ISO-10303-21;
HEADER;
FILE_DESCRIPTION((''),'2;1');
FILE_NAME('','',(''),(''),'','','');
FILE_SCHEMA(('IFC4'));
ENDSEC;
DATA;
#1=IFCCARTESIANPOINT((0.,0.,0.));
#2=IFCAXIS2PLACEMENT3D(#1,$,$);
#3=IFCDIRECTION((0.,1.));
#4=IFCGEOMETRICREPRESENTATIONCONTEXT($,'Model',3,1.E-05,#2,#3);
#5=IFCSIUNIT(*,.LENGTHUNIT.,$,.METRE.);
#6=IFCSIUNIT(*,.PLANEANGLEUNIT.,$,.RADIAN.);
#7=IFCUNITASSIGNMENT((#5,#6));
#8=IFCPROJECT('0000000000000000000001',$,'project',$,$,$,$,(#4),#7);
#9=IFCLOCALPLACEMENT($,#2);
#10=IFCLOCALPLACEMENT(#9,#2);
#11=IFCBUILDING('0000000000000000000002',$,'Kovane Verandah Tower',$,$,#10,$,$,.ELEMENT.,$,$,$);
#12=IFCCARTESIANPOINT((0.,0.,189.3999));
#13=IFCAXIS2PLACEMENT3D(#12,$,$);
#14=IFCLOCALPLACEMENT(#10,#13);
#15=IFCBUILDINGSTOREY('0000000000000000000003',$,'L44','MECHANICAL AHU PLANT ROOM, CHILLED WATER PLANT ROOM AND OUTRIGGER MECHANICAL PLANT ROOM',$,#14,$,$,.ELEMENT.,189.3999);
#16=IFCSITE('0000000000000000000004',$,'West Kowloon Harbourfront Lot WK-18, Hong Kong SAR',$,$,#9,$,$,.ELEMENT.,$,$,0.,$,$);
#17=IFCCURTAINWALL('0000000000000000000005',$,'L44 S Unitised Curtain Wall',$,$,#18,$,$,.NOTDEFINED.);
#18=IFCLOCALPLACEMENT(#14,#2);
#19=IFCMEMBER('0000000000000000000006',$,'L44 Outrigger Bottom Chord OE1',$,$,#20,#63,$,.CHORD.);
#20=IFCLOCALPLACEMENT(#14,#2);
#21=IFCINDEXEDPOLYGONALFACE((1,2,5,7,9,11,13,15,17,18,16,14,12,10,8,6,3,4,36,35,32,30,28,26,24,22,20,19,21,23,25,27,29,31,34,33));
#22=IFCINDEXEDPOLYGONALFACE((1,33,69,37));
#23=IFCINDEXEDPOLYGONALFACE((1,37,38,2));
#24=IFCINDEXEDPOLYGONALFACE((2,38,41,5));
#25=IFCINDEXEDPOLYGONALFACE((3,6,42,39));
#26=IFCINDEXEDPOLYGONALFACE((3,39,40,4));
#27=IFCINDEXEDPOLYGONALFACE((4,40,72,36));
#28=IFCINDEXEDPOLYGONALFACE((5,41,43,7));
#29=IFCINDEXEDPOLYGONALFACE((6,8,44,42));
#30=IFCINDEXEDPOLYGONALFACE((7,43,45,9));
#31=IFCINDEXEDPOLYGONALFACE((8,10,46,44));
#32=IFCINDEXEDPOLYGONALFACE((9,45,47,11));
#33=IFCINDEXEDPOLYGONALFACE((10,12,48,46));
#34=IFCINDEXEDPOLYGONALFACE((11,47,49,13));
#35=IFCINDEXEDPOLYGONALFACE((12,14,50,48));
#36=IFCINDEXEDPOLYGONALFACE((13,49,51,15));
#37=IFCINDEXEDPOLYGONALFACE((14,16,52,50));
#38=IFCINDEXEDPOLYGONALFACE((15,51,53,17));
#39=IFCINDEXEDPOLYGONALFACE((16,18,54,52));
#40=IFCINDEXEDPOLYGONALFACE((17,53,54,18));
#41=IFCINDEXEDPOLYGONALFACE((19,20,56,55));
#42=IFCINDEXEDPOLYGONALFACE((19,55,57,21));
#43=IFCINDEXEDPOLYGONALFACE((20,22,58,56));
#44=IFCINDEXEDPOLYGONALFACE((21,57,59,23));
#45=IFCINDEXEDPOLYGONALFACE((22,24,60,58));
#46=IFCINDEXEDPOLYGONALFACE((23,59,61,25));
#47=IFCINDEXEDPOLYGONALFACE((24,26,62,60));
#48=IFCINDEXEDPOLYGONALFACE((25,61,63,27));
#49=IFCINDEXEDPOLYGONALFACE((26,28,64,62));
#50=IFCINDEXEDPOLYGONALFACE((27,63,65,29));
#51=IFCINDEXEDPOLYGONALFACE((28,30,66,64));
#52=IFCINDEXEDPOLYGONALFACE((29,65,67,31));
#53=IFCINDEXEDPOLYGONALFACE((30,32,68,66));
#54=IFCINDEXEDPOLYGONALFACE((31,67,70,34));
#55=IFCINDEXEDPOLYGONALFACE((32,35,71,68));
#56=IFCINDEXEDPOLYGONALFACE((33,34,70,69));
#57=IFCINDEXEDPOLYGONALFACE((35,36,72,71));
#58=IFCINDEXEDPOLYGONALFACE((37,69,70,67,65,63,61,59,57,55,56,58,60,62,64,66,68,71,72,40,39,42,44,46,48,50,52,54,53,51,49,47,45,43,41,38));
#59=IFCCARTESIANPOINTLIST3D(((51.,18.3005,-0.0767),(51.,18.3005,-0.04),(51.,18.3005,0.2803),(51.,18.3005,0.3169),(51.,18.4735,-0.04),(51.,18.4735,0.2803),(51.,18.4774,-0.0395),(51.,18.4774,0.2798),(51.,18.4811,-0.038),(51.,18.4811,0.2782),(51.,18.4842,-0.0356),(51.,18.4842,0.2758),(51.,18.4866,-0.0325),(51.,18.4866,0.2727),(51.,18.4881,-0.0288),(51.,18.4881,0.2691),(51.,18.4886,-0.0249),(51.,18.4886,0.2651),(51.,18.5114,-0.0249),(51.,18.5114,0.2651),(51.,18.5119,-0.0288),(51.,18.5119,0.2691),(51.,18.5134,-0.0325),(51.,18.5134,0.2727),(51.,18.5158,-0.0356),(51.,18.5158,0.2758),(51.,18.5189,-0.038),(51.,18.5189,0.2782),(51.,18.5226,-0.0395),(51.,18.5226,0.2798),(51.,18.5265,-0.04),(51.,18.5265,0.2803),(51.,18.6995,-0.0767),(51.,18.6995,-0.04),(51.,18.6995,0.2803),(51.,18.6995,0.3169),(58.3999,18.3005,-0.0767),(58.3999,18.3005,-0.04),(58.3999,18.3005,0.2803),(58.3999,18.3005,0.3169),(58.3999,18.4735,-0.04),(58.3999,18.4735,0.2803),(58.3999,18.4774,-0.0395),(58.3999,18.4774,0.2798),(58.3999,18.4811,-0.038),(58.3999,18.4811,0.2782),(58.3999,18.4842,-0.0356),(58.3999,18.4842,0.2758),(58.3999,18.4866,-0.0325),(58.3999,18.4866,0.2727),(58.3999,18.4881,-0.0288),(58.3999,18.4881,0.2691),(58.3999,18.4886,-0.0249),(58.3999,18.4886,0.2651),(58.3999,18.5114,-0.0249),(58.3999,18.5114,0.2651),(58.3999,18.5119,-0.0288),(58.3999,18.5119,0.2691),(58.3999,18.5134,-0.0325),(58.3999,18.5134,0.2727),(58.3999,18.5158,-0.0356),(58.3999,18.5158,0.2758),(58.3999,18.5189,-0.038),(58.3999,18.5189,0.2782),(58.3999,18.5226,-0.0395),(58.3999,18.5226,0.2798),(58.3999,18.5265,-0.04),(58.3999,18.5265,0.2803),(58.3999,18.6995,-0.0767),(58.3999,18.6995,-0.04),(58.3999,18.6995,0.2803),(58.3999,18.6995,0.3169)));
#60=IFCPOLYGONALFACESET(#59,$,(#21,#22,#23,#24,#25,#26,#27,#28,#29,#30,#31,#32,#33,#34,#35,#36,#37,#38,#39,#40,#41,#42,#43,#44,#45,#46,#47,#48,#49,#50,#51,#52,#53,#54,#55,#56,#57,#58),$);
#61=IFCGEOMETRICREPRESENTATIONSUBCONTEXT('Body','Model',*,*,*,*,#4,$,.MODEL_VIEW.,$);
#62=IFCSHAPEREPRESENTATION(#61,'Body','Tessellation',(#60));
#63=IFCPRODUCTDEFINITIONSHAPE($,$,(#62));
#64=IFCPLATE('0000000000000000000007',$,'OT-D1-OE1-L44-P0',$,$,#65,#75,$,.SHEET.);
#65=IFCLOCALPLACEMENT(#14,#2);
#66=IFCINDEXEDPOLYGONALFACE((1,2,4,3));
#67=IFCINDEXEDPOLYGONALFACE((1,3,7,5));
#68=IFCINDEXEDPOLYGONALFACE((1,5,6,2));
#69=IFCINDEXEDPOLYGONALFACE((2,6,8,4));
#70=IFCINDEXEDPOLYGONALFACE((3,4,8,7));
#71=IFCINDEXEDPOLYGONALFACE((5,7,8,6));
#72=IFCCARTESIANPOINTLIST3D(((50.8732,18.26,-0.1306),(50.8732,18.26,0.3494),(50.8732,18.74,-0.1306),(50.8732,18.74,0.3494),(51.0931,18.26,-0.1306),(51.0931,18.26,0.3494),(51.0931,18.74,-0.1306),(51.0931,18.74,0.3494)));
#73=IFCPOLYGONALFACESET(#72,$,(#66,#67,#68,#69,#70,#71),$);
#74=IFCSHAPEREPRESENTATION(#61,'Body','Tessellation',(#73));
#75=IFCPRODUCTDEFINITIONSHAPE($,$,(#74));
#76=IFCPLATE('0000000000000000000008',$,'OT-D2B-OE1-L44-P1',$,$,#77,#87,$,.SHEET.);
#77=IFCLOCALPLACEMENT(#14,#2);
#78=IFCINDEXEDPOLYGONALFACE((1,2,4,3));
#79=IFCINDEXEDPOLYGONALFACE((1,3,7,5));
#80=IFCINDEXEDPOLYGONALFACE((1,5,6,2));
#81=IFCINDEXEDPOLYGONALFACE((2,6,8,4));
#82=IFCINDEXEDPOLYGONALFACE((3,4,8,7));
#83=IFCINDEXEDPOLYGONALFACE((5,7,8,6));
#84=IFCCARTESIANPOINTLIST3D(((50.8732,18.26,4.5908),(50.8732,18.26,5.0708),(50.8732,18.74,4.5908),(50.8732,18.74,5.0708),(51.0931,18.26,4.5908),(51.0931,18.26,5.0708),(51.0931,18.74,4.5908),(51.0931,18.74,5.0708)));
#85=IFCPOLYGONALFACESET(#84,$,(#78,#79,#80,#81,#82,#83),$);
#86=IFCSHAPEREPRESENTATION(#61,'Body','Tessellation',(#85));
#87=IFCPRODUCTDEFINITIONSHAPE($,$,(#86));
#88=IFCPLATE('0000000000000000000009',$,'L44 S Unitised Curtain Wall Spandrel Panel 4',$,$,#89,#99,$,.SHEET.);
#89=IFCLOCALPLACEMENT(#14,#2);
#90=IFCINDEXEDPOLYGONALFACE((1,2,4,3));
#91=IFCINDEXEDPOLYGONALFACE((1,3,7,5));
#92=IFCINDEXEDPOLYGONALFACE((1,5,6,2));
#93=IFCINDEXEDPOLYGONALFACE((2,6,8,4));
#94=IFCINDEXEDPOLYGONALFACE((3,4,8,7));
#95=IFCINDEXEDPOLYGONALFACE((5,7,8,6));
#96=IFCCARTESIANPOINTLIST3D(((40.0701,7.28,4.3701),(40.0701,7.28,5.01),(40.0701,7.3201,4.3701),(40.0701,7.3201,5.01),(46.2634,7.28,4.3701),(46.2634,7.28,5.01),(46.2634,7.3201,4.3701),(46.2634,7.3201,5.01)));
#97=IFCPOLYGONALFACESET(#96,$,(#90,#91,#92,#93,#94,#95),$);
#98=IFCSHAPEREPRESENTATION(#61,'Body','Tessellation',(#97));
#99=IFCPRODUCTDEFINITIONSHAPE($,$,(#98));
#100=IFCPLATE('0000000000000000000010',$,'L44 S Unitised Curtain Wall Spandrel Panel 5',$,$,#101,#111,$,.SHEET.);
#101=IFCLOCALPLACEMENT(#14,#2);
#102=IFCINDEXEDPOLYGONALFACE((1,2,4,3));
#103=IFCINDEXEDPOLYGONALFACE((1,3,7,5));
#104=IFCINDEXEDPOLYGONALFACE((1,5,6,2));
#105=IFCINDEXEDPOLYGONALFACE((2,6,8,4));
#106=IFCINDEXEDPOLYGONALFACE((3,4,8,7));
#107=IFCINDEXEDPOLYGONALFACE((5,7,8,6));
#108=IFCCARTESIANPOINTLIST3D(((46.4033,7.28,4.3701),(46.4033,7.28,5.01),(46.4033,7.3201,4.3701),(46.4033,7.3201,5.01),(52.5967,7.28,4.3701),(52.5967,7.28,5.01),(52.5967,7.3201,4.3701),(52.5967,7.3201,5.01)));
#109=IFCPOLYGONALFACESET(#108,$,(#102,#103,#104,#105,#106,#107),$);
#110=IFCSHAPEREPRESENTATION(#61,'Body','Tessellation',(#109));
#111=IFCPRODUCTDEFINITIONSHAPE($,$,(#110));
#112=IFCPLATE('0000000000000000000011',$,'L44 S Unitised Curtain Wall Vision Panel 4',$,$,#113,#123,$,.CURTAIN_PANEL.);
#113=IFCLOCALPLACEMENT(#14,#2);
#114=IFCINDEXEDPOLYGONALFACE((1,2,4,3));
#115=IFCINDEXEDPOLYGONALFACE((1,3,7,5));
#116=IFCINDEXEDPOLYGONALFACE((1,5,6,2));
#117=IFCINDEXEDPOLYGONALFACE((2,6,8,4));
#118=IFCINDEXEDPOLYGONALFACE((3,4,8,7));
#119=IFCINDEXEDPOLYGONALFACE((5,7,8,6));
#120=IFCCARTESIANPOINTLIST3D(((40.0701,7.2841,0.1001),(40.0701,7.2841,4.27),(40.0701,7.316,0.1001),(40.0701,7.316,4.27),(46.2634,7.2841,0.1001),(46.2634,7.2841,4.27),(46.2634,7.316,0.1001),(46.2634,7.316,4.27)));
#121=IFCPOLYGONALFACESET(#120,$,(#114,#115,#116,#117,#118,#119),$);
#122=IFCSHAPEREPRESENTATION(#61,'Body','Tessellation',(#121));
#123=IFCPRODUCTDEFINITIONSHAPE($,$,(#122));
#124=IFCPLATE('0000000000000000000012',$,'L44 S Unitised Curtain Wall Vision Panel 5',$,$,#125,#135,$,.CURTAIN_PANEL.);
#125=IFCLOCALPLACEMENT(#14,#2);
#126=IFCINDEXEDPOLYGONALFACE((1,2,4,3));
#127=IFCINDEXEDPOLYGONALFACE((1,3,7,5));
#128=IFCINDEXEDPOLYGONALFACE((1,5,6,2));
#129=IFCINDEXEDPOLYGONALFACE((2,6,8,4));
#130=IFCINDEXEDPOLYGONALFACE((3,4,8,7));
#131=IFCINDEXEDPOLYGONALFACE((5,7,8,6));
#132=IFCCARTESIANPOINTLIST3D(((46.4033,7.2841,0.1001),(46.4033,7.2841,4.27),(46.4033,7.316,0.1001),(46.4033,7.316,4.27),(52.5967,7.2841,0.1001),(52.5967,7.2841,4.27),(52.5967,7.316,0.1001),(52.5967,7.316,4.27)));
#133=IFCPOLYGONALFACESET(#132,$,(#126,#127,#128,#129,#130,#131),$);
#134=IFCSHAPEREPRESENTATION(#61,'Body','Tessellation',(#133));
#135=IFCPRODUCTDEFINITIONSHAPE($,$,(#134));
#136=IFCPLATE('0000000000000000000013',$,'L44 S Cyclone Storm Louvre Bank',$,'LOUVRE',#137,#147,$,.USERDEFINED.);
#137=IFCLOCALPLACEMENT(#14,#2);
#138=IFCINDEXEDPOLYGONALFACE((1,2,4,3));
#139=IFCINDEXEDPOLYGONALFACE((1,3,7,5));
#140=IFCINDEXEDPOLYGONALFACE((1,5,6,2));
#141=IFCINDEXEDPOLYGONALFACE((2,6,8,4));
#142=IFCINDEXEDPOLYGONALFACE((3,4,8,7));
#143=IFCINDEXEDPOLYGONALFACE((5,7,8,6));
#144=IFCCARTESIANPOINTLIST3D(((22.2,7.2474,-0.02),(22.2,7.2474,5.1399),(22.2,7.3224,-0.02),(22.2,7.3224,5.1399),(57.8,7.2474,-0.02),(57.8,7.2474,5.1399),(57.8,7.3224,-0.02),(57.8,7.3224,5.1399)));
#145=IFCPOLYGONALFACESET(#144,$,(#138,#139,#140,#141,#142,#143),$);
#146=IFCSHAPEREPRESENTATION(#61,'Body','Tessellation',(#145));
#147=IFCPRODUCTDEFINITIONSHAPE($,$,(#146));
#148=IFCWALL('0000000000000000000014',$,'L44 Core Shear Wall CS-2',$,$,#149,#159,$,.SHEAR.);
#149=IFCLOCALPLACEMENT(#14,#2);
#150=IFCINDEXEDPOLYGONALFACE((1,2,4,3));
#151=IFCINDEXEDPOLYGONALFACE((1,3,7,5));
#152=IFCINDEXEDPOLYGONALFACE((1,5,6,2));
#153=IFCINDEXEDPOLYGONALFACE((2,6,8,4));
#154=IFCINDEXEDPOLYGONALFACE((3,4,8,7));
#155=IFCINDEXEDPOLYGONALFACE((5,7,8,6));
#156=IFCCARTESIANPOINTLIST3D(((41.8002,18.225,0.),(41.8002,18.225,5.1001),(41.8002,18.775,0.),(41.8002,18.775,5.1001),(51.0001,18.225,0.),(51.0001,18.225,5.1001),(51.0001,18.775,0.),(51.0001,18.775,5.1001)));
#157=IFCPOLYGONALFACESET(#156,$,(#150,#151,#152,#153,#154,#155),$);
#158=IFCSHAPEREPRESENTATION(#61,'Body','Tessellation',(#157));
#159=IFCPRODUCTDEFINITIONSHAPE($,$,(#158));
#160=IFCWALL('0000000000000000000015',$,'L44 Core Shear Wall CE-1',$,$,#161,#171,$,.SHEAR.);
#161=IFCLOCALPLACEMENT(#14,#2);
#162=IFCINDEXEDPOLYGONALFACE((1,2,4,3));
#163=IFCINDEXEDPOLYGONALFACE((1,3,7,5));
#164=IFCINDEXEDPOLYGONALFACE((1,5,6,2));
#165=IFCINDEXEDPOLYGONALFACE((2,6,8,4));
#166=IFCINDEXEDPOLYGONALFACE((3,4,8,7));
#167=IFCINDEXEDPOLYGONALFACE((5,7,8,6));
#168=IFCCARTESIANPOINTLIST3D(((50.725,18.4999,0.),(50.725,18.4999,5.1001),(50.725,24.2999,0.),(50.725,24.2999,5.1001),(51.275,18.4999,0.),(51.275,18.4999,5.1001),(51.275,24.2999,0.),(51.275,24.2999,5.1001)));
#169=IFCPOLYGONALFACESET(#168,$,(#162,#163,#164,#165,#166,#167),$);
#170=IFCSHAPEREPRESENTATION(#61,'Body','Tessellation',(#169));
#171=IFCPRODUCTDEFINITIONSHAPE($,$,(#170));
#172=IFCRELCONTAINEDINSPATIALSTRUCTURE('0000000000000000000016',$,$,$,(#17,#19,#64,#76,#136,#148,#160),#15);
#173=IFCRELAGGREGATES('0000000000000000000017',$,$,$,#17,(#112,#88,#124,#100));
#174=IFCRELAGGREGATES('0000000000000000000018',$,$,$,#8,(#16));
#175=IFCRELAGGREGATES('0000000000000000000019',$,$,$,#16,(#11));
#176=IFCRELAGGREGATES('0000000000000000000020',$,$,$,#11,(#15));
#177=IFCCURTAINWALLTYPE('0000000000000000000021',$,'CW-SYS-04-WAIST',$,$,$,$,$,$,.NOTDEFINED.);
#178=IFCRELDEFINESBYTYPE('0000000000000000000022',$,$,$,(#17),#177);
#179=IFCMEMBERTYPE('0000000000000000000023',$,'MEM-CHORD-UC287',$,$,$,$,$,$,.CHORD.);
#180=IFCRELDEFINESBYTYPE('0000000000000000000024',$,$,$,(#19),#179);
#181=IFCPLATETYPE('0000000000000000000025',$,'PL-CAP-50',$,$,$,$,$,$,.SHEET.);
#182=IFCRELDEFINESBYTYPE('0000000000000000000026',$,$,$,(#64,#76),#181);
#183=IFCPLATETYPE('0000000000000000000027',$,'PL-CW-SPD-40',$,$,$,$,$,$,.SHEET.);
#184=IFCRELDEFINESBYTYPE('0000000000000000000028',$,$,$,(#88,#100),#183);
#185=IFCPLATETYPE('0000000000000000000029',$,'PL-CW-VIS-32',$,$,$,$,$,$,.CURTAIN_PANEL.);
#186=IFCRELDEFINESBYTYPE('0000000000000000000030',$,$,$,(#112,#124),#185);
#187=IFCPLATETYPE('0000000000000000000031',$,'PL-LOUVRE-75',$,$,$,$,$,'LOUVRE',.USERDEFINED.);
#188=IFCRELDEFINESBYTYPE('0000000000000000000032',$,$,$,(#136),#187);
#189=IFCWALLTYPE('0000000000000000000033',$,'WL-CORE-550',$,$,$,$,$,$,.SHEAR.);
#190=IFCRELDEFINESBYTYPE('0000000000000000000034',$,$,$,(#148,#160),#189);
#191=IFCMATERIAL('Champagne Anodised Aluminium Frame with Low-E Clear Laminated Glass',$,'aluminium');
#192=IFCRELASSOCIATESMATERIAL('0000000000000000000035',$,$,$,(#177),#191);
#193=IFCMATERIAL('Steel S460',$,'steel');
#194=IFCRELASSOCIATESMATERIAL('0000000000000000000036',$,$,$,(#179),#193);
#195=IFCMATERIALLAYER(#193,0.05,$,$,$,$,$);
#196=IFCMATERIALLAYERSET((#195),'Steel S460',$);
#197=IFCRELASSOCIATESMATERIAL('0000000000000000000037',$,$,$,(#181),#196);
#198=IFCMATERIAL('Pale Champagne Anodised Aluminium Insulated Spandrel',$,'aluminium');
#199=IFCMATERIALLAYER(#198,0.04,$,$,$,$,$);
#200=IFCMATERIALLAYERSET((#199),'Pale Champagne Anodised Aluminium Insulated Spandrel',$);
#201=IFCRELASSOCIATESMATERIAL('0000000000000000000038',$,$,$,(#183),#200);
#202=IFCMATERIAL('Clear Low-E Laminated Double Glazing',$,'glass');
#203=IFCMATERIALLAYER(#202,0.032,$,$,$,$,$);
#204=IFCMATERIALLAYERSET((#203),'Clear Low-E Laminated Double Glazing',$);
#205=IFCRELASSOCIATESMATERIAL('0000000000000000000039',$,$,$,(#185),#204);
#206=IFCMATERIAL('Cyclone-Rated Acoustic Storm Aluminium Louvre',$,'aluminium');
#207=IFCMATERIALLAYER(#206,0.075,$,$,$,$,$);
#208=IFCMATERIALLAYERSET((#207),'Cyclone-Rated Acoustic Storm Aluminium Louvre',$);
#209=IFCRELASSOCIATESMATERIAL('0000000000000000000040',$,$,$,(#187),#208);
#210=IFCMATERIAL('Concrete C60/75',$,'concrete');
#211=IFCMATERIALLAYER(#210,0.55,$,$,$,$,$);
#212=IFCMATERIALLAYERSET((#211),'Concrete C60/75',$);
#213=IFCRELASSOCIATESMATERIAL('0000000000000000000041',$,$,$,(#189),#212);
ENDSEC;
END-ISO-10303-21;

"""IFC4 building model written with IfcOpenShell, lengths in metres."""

from ifc_helpers import new_model, si_unit, direction, frame, frame_2d, origin, origin_2d, place, context, subcontext, project, spatial, rectangle, i_section, extrude, material, layer, layer_set, material_profile, profile_set, type_object, element, aggregate, save


model = new_model("IFC4")

# Units and contexts
model_context = context("Model", 3, precision=1e-05, world=origin(), true_north=direction((0.0, 1.0)))
body_context = subcontext(model_context, "Body", "Model", "MODEL_VIEW")
ifc_project = project(units=[si_unit("LENGTHUNIT", "METRE"), si_unit("PLANEANGLEUNIT", "RADIAN")], contexts=[model_context])

# Site, building, storey
site_placement = place(None, origin())
site = spatial("IfcSite", under=ifc_project, at=site_placement, Name="West Kowloon Harbourfront Lot WK-18, Hong Kong SAR", CompositionType="ELEMENT", RefElevation=0.0)
building_placement = place(site_placement, origin())
building = spatial("IfcBuilding", under=site, at=building_placement, Name="Kovane Verandah Tower", CompositionType="ELEMENT")
storey_placement = place(building_placement, frame((0.0, 0.0, 189.3999)))
storey = spatial("IfcBuildingStorey", under=building, at=storey_placement, Name="L44", Description="MECHANICAL AHU PLANT ROOM, CHILLED WATER PLANT ROOM AND OUTRIGGER MECHANICAL PLANT ROOM", CompositionType="ELEMENT", Elevation=189.3999)

# Shared definitions
ifc_material_1 = material(Name="Concrete C60/75", Category="concrete")
ifc_material_2 = material(Name="Steel S460", Category="steel")

# Curtain wall
ifc_material_3 = material(Name="Champagne Anodised Aluminium Frame with Low-E Clear Laminated Glass", Category="aluminium")
curtain_wall_type = type_object("IfcCurtainWallType", Name="CW-SYS-04-WAIST", PredefinedType="NOTDEFINED", material=ifc_material_3)
curtain_wall_placement = place(storey_placement, origin())
curtain_wall = element("IfcCurtainWall", 1, at=curtain_wall_placement, inside=storey, type_object=curtain_wall_type, Name="L44 S Unitised Curtain Wall", PredefinedType="NOTDEFINED")

# Member
ifc_material_profile_1 = material_profile(ifc_material_2, i_section(OverallWidth=0.3989, OverallDepth=0.3936, WebThickness=0.0227, FlangeThickness=0.0366, FilletRadius=0.0151, at=origin_2d()), Name="UC356x406x287")
ifc_profile_set_1 = profile_set([ifc_material_profile_1], Name="Steel S460")
member_type_1 = type_object("IfcMemberType", Name="MEM-CHORD-UC287", PredefinedType="CHORD", material=ifc_profile_set_1)
member_1_placement = place(storey_placement, frame((51.0, 18.5, 0.1201), z_axis=(1.0, 0.0, 0.0), x_axis=(0.0, 1.0, 0.0)))
element("IfcMember", 2, at=member_1_placement, inside=storey, type_object=member_type_1, Name="L44 Outrigger Bottom Chord OE1", PredefinedType="CHORD", context=body_context, shape_type="SweptSolid", body=[
    extrude(i_section(OverallWidth=0.3989, OverallDepth=0.3936, WebThickness=0.0227, FlangeThickness=0.0366, FilletRadius=0.0151, at=origin_2d()), origin(), (0.0, 0.0, 1.0), 7.3999),
])

# Plates
ifc_layer_1 = layer(ifc_material_2, 0.05)
ifc_layer_set_1 = layer_set([ifc_layer_1], Name="Steel S460")
plate_type_1 = type_object("IfcPlateType", Name="PL-CAP-50", PredefinedType="SHEET", material=ifc_layer_set_1)
for number, where, z_axis, x_axis, name in (
    (3, (50.9832, 18.5, -0.1306), (0.0, 0.0, 1.0), (1.0, 0.0, 0.0), "OT-D1-OE1-L44-P0"),
    (4, (50.9832, 18.5, 4.5908), (0.0, 0.0, 1.0), (-1.0, 0.0, 0.0), "OT-D2B-OE1-L44-P1"),
):
    element("IfcPlate", number, at=place(storey_placement, frame(where, z_axis=z_axis, x_axis=x_axis)), inside=storey, type_object=plate_type_1, Name=name, PredefinedType="SHEET", context=body_context, shape_type="SweptSolid", body=[
        extrude(rectangle(XDim=0.22, YDim=0.48, at=origin_2d()), origin(), (0.0, 0.0, 1.0), 0.48),
    ])

# Plates
ifc_material_4 = material(Name="Pale Champagne Anodised Aluminium Insulated Spandrel", Category="aluminium")
ifc_layer_2 = layer(ifc_material_4, 0.04)
ifc_layer_set_2 = layer_set([ifc_layer_2], Name="Pale Champagne Anodised Aluminium Insulated Spandrel")
plate_type_2 = type_object("IfcPlateType", Name="PL-CW-SPD-40", PredefinedType="SHEET", material=ifc_layer_set_2)
plate_1_placement = place(storey_placement, frame((43.1667, 7.3, 4.3701), z_axis=(0.0, 0.0, 1.0), x_axis=(1.0, 0.0, 0.0)))
plate_1 = element("IfcPlate", 5, at=plate_1_placement, type_object=plate_type_2, Name="L44 S Unitised Curtain Wall Spandrel Panel 4", PredefinedType="SHEET", context=body_context, shape_type="SweptSolid", body=[
    extrude(rectangle(XDim=6.1934, YDim=0.04, at=origin_2d()), origin(), (0.0, 0.0, 1.0), 0.6399),
])
plate_2_placement = place(storey_placement, frame((49.5, 7.3, 4.3701), z_axis=(0.0, 0.0, 1.0), x_axis=(1.0, 0.0, 0.0)))
plate_2 = element("IfcPlate", 6, at=plate_2_placement, type_object=plate_type_2, Name="L44 S Unitised Curtain Wall Spandrel Panel 5", PredefinedType="SHEET", context=body_context, shape_type="SweptSolid", body=[
    extrude(rectangle(XDim=6.1934, YDim=0.04, at=origin_2d()), origin(), (0.0, 0.0, 1.0), 0.6399),
])
ifc_material_5 = material(Name="Clear Low-E Laminated Double Glazing", Category="glass")
ifc_layer_3 = layer(ifc_material_5, 0.032)
ifc_layer_set_3 = layer_set([ifc_layer_3], Name="Clear Low-E Laminated Double Glazing")
plate_type_3 = type_object("IfcPlateType", Name="PL-CW-VIS-32", PredefinedType="CURTAIN_PANEL", material=ifc_layer_set_3)
plate_3_placement = place(storey_placement, frame((43.1667, 7.3, 0.1001), z_axis=(0.0, 0.0, 1.0), x_axis=(1.0, 0.0, 0.0)))
plate_3 = element("IfcPlate", 7, at=plate_3_placement, type_object=plate_type_3, Name="L44 S Unitised Curtain Wall Vision Panel 4", PredefinedType="CURTAIN_PANEL", context=body_context, shape_type="SweptSolid", body=[
    extrude(rectangle(XDim=6.1934, YDim=0.032, at=origin_2d()), origin(), (0.0, 0.0, 1.0), 4.1699),
])
plate_4_placement = place(storey_placement, frame((49.5, 7.3, 0.1001), z_axis=(0.0, 0.0, 1.0), x_axis=(1.0, 0.0, 0.0)))
plate_4 = element("IfcPlate", 8, at=plate_4_placement, type_object=plate_type_3, Name="L44 S Unitised Curtain Wall Vision Panel 5", PredefinedType="CURTAIN_PANEL", context=body_context, shape_type="SweptSolid", body=[
    extrude(rectangle(XDim=6.1934, YDim=0.032, at=origin_2d()), origin(), (0.0, 0.0, 1.0), 4.1699),
])
aggregate(curtain_wall, [plate_3, plate_1, plate_4, plate_2])
ifc_material_6 = material(Name="Cyclone-Rated Acoustic Storm Aluminium Louvre", Category="aluminium")
ifc_layer_4 = layer(ifc_material_6, 0.075)
ifc_layer_set_4 = layer_set([ifc_layer_4], Name="Cyclone-Rated Acoustic Storm Aluminium Louvre")
plate_type_4 = type_object("IfcPlateType", Name="PL-LOUVRE-75", ElementType="LOUVRE", PredefinedType="USERDEFINED", material=ifc_layer_set_4)
plate_5_placement = place(storey_placement, frame((40.0, 7.2849, -0.02), z_axis=(0.0, 0.0, 1.0), x_axis=(1.0, 0.0, 0.0)))
element("IfcPlate", 9, at=plate_5_placement, inside=storey, type_object=plate_type_4, Name="L44 S Cyclone Storm Louvre Bank", ObjectType="LOUVRE", PredefinedType="USERDEFINED", context=body_context, shape_type="SweptSolid", body=[
    extrude(rectangle(XDim=35.6001, YDim=0.075, at=origin_2d()), origin(), (0.0, 0.0, 1.0), 5.1599),
])

# Walls
ifc_layer_5 = layer(ifc_material_1, 0.55)
ifc_layer_set_5 = layer_set([ifc_layer_5], Name="Concrete C60/75")
wall_type = type_object("IfcWallType", Name="WL-CORE-550", PredefinedType="SHEAR", material=ifc_layer_set_5)
wall_1_placement = place(storey_placement, frame((41.8, 18.5, 0.0), z_axis=(0.0, 0.0, 1.0), x_axis=(1.0, 0.0, 0.0)))
element("IfcWall", 10, at=wall_1_placement, inside=storey, type_object=wall_type, Name="L44 Core Shear Wall CS-2", PredefinedType="SHEAR", context=body_context, shape_type="SweptSolid", body=[
    extrude(rectangle(XDim=9.2, YDim=0.55, at=frame_2d((4.6001, 0.0))), origin(), (0.0, 0.0, 1.0), 5.1001),
])
wall_2_placement = place(storey_placement, frame((51.0, 18.5, 0.0), z_axis=(0.0, 0.0, 1.0), x_axis=(0.0, 1.0, 0.0)))
element("IfcWall", 11, at=wall_2_placement, inside=storey, type_object=wall_type, Name="L44 Core Shear Wall CE-1", PredefinedType="SHEAR", context=body_context, shape_type="SweptSolid", body=[
    extrude(rectangle(XDim=5.8, YDim=0.55, at=frame_2d((2.8999, 0.0))), origin(), (0.0, 0.0, 1.0), 5.1001),
])

save(model, "model.ifc")
